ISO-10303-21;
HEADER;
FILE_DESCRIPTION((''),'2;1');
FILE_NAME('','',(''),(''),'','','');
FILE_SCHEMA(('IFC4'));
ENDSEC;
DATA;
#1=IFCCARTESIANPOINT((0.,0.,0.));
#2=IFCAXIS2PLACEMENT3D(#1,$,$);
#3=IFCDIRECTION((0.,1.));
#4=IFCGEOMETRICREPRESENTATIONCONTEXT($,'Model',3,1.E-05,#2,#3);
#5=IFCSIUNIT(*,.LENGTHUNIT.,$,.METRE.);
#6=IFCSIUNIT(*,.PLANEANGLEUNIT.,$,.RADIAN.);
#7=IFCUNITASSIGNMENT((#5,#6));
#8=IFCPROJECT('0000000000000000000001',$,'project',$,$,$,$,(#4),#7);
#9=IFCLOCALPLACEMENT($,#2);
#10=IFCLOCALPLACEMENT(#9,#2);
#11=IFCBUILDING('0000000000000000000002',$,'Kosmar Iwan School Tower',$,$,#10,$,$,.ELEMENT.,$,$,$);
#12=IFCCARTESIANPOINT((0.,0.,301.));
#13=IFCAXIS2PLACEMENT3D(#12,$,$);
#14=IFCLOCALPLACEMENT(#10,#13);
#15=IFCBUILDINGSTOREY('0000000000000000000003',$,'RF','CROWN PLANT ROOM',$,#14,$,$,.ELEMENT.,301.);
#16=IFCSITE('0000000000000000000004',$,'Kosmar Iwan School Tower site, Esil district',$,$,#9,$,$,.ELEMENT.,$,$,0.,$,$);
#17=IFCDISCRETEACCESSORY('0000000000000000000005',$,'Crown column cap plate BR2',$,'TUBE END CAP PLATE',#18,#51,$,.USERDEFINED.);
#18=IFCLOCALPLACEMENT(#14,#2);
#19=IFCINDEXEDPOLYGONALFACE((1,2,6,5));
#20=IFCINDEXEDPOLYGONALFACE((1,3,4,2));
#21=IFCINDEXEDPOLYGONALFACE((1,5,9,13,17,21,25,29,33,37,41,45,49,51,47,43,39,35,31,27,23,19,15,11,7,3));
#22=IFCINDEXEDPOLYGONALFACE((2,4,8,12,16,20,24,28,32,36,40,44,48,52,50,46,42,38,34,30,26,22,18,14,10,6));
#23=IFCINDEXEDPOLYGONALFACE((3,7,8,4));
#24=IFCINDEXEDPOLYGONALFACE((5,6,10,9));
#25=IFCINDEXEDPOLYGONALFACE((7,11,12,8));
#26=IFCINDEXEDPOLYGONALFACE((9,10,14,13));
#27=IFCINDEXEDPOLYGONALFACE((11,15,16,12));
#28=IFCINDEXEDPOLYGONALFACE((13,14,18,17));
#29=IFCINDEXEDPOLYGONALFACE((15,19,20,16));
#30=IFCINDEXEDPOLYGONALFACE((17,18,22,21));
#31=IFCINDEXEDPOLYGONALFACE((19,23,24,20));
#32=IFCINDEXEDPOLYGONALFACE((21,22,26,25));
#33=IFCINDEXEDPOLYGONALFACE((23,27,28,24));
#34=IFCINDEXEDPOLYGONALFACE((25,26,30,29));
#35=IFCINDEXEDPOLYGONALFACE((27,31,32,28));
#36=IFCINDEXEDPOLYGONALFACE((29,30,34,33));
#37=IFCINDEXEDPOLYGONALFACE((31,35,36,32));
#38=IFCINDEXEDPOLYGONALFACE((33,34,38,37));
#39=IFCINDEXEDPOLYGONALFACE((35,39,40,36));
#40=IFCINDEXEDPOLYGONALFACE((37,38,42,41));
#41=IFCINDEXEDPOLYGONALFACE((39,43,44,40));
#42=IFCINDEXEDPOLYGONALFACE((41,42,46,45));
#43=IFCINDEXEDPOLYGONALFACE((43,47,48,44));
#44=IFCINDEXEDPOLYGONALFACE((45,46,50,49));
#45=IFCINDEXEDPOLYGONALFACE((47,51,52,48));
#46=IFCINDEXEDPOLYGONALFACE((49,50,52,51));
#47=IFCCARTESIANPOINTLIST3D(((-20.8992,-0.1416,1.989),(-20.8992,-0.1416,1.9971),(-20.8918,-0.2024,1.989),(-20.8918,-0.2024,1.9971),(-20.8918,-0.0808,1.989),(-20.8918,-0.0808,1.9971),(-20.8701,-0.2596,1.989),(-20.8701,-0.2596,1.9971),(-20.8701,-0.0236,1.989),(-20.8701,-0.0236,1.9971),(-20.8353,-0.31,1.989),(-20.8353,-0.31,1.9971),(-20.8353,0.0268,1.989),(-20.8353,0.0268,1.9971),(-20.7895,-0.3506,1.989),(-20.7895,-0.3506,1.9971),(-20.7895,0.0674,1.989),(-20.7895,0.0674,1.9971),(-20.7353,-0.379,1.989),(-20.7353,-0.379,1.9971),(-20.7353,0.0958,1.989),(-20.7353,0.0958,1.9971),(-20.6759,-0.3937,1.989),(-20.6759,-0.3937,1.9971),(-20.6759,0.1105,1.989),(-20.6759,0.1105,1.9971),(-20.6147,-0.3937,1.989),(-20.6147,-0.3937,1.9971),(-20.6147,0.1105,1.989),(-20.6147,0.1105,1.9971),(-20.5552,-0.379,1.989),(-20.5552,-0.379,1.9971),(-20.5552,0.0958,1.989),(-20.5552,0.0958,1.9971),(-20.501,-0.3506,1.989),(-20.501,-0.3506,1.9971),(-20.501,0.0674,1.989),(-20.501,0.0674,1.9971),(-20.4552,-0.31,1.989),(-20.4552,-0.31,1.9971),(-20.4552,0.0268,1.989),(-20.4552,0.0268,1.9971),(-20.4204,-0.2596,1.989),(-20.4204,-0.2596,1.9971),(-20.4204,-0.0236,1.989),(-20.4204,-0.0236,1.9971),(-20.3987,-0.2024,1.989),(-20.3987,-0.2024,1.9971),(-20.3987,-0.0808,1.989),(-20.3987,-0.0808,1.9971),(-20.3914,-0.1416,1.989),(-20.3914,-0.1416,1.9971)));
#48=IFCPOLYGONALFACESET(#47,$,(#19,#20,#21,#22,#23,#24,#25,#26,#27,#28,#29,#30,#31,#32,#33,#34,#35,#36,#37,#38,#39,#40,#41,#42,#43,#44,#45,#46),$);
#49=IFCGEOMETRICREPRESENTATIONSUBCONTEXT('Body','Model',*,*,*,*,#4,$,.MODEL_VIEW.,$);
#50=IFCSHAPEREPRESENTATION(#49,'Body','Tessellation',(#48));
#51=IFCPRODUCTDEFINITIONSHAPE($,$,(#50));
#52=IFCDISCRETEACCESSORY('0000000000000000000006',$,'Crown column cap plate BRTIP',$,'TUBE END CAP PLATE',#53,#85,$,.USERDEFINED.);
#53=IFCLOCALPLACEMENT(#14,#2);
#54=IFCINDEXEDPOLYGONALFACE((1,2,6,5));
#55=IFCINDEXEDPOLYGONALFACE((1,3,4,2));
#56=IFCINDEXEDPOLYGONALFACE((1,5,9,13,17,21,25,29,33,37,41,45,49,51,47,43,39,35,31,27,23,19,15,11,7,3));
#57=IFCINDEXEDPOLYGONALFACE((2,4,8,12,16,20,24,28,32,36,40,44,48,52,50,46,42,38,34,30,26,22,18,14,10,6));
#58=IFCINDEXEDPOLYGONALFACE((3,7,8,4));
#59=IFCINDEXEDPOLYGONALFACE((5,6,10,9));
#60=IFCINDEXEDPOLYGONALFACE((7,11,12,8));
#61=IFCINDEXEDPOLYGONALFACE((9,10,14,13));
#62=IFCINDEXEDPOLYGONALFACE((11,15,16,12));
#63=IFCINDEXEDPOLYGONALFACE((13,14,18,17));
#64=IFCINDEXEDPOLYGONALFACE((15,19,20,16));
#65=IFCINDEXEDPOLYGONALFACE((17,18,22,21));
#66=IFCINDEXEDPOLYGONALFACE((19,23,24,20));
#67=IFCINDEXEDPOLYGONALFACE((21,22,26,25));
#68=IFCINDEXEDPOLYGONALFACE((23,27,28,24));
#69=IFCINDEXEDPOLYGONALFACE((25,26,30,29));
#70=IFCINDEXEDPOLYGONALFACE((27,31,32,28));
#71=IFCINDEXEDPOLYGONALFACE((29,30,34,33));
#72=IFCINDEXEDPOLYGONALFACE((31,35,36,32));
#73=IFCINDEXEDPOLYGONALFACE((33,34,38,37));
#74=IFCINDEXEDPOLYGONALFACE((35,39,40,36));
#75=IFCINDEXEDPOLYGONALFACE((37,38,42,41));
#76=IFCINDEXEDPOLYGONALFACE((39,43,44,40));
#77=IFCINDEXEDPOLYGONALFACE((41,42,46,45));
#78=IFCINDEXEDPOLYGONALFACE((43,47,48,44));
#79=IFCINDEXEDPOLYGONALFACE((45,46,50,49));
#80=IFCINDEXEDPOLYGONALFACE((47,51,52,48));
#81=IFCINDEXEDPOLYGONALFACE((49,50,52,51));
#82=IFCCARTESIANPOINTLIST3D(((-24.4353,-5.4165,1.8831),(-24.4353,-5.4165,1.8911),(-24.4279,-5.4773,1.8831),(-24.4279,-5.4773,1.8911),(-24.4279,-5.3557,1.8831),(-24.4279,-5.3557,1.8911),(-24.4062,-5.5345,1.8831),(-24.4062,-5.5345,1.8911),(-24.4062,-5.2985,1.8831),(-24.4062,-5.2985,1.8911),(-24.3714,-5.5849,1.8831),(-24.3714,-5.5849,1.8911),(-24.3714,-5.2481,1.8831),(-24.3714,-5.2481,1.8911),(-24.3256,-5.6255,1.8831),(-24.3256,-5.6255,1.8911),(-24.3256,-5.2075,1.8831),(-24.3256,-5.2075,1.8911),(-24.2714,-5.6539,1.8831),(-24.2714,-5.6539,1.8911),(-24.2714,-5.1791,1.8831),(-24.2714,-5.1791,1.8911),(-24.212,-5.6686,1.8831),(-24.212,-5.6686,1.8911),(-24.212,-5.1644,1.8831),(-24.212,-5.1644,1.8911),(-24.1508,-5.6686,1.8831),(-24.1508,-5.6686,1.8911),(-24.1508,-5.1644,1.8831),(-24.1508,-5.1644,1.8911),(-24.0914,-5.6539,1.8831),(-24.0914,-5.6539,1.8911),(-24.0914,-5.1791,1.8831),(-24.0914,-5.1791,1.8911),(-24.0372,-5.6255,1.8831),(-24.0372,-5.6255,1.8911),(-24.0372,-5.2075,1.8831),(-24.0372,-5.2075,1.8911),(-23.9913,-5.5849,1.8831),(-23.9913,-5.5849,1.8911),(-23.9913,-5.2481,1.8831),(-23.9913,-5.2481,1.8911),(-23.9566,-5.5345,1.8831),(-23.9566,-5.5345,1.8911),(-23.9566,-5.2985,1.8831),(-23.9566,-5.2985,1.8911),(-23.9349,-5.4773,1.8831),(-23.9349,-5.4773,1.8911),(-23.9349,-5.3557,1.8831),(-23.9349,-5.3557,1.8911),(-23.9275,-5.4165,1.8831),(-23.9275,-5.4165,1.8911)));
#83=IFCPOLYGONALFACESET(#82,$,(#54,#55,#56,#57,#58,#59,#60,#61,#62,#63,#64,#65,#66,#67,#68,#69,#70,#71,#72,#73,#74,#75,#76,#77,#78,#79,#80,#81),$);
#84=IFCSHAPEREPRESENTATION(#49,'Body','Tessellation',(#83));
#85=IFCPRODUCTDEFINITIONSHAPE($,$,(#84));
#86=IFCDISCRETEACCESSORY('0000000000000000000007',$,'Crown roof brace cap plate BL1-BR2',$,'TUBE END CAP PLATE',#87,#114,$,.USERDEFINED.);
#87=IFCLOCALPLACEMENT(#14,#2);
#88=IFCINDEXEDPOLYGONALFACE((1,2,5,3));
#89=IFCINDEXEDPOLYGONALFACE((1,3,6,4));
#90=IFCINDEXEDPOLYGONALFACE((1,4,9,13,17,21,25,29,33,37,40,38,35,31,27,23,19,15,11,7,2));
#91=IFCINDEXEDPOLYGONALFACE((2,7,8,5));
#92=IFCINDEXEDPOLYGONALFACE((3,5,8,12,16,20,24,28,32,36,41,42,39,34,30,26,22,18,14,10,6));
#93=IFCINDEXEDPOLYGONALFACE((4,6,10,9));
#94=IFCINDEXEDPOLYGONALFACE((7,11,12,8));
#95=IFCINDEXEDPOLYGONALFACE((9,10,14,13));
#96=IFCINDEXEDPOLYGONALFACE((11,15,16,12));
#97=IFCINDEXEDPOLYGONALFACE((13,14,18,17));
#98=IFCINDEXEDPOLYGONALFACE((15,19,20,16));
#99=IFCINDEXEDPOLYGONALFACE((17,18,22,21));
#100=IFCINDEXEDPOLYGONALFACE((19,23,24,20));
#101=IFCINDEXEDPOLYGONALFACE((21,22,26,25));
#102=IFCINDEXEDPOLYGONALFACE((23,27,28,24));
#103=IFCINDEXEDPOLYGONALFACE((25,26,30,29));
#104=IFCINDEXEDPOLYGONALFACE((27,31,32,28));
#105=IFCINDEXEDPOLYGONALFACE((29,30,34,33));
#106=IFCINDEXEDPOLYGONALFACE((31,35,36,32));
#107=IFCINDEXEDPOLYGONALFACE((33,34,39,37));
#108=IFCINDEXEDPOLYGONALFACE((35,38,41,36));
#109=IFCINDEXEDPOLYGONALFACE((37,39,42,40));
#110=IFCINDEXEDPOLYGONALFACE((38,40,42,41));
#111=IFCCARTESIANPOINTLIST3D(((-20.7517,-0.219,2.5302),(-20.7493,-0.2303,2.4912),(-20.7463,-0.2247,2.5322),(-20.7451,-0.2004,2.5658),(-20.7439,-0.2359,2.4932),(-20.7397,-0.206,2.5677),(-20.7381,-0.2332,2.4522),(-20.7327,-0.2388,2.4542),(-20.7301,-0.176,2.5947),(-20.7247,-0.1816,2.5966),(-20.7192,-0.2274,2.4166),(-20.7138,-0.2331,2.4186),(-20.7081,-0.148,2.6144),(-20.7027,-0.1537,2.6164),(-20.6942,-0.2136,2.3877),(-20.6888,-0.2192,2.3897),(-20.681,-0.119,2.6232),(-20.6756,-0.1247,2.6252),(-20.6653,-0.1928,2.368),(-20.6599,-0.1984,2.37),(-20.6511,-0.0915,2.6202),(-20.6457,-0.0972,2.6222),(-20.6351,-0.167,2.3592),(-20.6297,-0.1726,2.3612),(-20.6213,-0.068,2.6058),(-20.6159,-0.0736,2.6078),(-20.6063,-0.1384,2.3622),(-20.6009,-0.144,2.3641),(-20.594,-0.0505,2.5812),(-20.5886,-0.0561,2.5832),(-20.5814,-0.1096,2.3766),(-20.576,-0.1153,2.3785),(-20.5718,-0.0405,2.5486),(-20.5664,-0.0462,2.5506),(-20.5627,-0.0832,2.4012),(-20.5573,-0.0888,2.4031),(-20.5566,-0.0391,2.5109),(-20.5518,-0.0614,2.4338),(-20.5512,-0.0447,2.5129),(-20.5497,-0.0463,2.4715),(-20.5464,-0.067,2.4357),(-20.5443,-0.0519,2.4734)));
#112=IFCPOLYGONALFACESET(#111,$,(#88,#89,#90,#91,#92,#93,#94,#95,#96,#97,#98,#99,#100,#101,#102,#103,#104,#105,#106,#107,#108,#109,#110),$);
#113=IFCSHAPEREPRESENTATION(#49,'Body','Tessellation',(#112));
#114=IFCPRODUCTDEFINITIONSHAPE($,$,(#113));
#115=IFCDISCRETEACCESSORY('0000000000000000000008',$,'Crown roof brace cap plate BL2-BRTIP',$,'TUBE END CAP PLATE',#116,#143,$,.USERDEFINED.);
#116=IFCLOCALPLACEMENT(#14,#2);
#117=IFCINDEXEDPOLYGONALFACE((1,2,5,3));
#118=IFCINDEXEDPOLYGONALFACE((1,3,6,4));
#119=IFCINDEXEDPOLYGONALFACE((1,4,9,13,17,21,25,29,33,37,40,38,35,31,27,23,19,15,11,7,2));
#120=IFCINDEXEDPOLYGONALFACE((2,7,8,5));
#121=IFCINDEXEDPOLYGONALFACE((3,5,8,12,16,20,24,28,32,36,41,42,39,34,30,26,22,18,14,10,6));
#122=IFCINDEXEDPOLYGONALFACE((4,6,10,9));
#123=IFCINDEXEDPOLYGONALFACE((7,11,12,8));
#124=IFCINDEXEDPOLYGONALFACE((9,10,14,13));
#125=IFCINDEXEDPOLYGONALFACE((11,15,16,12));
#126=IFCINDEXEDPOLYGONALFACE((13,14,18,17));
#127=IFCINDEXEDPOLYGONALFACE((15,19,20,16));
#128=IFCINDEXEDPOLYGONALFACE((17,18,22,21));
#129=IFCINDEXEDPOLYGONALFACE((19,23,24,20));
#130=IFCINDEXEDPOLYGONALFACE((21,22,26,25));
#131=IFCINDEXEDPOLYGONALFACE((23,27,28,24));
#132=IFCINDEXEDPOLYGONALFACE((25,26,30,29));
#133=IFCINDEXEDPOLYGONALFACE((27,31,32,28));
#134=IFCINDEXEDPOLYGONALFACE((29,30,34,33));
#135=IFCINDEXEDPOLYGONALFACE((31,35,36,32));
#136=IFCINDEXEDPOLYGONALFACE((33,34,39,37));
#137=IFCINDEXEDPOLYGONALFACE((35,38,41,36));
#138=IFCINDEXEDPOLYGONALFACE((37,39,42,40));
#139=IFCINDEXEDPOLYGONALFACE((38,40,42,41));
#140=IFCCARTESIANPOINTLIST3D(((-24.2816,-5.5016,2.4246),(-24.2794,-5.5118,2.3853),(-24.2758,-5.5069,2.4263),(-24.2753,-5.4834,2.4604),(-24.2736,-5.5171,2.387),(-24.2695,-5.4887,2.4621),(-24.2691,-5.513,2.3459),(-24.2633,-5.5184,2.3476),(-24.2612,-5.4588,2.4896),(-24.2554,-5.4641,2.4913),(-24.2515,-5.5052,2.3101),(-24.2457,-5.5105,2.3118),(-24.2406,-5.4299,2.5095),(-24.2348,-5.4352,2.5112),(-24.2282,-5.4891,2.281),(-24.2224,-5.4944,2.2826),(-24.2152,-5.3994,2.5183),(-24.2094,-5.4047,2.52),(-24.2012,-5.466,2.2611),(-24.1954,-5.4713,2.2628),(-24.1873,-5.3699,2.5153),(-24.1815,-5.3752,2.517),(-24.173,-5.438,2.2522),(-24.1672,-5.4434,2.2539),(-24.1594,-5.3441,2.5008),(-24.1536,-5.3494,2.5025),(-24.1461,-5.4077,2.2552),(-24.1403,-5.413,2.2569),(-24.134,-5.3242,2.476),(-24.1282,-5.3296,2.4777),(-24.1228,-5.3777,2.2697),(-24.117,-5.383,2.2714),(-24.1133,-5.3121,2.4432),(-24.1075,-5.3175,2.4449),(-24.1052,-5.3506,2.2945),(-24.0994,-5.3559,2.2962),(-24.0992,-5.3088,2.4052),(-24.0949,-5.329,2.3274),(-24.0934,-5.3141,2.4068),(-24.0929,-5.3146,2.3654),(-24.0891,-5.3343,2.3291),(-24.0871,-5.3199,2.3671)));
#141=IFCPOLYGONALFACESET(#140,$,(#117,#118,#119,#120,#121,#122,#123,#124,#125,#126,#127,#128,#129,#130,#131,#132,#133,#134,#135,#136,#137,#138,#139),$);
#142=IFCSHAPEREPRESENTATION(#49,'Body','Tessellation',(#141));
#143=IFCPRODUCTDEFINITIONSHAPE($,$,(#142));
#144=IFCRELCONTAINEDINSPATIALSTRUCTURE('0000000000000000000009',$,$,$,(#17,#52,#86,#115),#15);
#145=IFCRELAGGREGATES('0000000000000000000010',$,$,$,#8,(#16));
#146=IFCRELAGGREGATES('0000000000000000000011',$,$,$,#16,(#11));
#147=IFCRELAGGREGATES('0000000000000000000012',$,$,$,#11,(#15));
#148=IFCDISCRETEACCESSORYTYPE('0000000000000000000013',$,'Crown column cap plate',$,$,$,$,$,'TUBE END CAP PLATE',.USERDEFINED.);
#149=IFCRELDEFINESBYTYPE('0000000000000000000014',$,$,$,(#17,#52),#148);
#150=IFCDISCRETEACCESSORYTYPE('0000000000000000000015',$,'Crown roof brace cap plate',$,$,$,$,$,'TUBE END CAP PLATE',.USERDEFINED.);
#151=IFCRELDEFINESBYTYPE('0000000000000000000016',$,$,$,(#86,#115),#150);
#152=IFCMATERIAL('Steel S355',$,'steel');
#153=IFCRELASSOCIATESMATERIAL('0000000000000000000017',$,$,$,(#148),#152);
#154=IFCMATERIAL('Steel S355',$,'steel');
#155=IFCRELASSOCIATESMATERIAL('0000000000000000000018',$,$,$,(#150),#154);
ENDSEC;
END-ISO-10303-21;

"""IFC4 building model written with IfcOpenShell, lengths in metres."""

from ifc_helpers import new_model, si_unit, direction, frame, origin, origin_2d, place, context, subcontext, project, spatial, circle, extrude, material, material_profile, profile_set, type_object, element, save


model = new_model("IFC4")

# Units and contexts
model_context = context("Model", 3, precision=1e-05, world=origin(), true_north=direction((0.0, 1.0)))
body_context = subcontext(model_context, "Body", "Model", "MODEL_VIEW")
ifc_project = project(units=[si_unit("LENGTHUNIT", "METRE"), si_unit("PLANEANGLEUNIT", "RADIAN")], contexts=[model_context])

# Site, building, storey
site_placement = place(None, origin())
site = spatial("IfcSite", under=ifc_project, at=site_placement, Name="Kosmar Iwan School Tower site, Esil district", CompositionType="ELEMENT", RefElevation=0.0)
building_placement = place(site_placement, origin())
building = spatial("IfcBuilding", under=site, at=building_placement, Name="Kosmar Iwan School Tower", CompositionType="ELEMENT")
storey_placement = place(building_placement, frame((0.0, 0.0, 301.0)))
storey = spatial("IfcBuildingStorey", under=building, at=storey_placement, Name="RF", Description="CROWN PLANT ROOM", CompositionType="ELEMENT", Elevation=301.0)

# Discrete accessories
ifc_material_1 = material(Name="Steel S355", Category="steel")
ifc_material_profile_1 = material_profile(ifc_material_1, circle(Radius=0.2539, at=origin_2d()), Name="PL 508 DIA")
ifc_profile_set_1 = profile_set([ifc_material_profile_1], Name="Steel S355")
discrete_accessory_type_1 = type_object("IfcDiscreteAccessoryType", Name="Crown column cap plate", ElementType="TUBE END CAP PLATE", PredefinedType="USERDEFINED", material=ifc_profile_set_1)
for number, where, z_axis, x_axis, name in (
    (1, (-20.6453, -0.1416, 1.989), (0.0, 0.0, 1.0), (1.0, 0.0, 0.0), "Crown column cap plate BR2"),
    (2, (-24.1814, -5.4165, 1.8831), (0.0, 0.0, 1.0), (1.0, 0.0, 0.0), "Crown column cap plate BRTIP"),
):
    element("IfcDiscreteAccessory", number, at=place(storey_placement, frame(where, z_axis=z_axis, x_axis=x_axis)), inside=storey, type_object=discrete_accessory_type_1, Name=name, ObjectType="TUBE END CAP PLATE", PredefinedType="USERDEFINED", context=body_context, shape_type="SweptSolid", body=[
        extrude(circle(Radius=0.2539, at=origin_2d()), origin(), (0.0, 0.0, 1.0), 0.0081),
    ])
ifc_material_2 = material(Name="Steel S355", Category="steel")
ifc_material_profile_2 = material_profile(ifc_material_2, circle(Radius=0.1365, at=origin_2d()), Name="PL 273 DIA")
ifc_profile_set_2 = profile_set([ifc_material_profile_2], Name="Steel S355")
discrete_accessory_type_2 = type_object("IfcDiscreteAccessoryType", Name="Crown roof brace cap plate", ElementType="TUBE END CAP PLATE", PredefinedType="USERDEFINED", material=ifc_profile_set_2)
for number, where, z_axis, x_axis, name in (
    (3, (-20.6453, -0.1416, 2.4932), (-0.67037, 0.700842, -0.243771), (-0.722642, -0.691223, 0.0), "Crown roof brace cap plate BL1-BR2"),
    (4, (-24.1814, -5.4165, 2.387), (-0.720685, 0.660628, -0.2102), (-0.675725, -0.737154, 0.0), "Crown roof brace cap plate BL2-BRTIP"),
):
    element("IfcDiscreteAccessory", number, at=place(storey_placement, frame(where, z_axis=z_axis, x_axis=x_axis)), inside=storey, type_object=discrete_accessory_type_2, Name=name, ObjectType="TUBE END CAP PLATE", PredefinedType="USERDEFINED", context=body_context, shape_type="SweptSolid", body=[
        extrude(circle(Radius=0.1365, at=origin_2d()), origin(), (0.0, 0.0, 1.0), 0.0081),
    ])

save(model, "model.ifc")
